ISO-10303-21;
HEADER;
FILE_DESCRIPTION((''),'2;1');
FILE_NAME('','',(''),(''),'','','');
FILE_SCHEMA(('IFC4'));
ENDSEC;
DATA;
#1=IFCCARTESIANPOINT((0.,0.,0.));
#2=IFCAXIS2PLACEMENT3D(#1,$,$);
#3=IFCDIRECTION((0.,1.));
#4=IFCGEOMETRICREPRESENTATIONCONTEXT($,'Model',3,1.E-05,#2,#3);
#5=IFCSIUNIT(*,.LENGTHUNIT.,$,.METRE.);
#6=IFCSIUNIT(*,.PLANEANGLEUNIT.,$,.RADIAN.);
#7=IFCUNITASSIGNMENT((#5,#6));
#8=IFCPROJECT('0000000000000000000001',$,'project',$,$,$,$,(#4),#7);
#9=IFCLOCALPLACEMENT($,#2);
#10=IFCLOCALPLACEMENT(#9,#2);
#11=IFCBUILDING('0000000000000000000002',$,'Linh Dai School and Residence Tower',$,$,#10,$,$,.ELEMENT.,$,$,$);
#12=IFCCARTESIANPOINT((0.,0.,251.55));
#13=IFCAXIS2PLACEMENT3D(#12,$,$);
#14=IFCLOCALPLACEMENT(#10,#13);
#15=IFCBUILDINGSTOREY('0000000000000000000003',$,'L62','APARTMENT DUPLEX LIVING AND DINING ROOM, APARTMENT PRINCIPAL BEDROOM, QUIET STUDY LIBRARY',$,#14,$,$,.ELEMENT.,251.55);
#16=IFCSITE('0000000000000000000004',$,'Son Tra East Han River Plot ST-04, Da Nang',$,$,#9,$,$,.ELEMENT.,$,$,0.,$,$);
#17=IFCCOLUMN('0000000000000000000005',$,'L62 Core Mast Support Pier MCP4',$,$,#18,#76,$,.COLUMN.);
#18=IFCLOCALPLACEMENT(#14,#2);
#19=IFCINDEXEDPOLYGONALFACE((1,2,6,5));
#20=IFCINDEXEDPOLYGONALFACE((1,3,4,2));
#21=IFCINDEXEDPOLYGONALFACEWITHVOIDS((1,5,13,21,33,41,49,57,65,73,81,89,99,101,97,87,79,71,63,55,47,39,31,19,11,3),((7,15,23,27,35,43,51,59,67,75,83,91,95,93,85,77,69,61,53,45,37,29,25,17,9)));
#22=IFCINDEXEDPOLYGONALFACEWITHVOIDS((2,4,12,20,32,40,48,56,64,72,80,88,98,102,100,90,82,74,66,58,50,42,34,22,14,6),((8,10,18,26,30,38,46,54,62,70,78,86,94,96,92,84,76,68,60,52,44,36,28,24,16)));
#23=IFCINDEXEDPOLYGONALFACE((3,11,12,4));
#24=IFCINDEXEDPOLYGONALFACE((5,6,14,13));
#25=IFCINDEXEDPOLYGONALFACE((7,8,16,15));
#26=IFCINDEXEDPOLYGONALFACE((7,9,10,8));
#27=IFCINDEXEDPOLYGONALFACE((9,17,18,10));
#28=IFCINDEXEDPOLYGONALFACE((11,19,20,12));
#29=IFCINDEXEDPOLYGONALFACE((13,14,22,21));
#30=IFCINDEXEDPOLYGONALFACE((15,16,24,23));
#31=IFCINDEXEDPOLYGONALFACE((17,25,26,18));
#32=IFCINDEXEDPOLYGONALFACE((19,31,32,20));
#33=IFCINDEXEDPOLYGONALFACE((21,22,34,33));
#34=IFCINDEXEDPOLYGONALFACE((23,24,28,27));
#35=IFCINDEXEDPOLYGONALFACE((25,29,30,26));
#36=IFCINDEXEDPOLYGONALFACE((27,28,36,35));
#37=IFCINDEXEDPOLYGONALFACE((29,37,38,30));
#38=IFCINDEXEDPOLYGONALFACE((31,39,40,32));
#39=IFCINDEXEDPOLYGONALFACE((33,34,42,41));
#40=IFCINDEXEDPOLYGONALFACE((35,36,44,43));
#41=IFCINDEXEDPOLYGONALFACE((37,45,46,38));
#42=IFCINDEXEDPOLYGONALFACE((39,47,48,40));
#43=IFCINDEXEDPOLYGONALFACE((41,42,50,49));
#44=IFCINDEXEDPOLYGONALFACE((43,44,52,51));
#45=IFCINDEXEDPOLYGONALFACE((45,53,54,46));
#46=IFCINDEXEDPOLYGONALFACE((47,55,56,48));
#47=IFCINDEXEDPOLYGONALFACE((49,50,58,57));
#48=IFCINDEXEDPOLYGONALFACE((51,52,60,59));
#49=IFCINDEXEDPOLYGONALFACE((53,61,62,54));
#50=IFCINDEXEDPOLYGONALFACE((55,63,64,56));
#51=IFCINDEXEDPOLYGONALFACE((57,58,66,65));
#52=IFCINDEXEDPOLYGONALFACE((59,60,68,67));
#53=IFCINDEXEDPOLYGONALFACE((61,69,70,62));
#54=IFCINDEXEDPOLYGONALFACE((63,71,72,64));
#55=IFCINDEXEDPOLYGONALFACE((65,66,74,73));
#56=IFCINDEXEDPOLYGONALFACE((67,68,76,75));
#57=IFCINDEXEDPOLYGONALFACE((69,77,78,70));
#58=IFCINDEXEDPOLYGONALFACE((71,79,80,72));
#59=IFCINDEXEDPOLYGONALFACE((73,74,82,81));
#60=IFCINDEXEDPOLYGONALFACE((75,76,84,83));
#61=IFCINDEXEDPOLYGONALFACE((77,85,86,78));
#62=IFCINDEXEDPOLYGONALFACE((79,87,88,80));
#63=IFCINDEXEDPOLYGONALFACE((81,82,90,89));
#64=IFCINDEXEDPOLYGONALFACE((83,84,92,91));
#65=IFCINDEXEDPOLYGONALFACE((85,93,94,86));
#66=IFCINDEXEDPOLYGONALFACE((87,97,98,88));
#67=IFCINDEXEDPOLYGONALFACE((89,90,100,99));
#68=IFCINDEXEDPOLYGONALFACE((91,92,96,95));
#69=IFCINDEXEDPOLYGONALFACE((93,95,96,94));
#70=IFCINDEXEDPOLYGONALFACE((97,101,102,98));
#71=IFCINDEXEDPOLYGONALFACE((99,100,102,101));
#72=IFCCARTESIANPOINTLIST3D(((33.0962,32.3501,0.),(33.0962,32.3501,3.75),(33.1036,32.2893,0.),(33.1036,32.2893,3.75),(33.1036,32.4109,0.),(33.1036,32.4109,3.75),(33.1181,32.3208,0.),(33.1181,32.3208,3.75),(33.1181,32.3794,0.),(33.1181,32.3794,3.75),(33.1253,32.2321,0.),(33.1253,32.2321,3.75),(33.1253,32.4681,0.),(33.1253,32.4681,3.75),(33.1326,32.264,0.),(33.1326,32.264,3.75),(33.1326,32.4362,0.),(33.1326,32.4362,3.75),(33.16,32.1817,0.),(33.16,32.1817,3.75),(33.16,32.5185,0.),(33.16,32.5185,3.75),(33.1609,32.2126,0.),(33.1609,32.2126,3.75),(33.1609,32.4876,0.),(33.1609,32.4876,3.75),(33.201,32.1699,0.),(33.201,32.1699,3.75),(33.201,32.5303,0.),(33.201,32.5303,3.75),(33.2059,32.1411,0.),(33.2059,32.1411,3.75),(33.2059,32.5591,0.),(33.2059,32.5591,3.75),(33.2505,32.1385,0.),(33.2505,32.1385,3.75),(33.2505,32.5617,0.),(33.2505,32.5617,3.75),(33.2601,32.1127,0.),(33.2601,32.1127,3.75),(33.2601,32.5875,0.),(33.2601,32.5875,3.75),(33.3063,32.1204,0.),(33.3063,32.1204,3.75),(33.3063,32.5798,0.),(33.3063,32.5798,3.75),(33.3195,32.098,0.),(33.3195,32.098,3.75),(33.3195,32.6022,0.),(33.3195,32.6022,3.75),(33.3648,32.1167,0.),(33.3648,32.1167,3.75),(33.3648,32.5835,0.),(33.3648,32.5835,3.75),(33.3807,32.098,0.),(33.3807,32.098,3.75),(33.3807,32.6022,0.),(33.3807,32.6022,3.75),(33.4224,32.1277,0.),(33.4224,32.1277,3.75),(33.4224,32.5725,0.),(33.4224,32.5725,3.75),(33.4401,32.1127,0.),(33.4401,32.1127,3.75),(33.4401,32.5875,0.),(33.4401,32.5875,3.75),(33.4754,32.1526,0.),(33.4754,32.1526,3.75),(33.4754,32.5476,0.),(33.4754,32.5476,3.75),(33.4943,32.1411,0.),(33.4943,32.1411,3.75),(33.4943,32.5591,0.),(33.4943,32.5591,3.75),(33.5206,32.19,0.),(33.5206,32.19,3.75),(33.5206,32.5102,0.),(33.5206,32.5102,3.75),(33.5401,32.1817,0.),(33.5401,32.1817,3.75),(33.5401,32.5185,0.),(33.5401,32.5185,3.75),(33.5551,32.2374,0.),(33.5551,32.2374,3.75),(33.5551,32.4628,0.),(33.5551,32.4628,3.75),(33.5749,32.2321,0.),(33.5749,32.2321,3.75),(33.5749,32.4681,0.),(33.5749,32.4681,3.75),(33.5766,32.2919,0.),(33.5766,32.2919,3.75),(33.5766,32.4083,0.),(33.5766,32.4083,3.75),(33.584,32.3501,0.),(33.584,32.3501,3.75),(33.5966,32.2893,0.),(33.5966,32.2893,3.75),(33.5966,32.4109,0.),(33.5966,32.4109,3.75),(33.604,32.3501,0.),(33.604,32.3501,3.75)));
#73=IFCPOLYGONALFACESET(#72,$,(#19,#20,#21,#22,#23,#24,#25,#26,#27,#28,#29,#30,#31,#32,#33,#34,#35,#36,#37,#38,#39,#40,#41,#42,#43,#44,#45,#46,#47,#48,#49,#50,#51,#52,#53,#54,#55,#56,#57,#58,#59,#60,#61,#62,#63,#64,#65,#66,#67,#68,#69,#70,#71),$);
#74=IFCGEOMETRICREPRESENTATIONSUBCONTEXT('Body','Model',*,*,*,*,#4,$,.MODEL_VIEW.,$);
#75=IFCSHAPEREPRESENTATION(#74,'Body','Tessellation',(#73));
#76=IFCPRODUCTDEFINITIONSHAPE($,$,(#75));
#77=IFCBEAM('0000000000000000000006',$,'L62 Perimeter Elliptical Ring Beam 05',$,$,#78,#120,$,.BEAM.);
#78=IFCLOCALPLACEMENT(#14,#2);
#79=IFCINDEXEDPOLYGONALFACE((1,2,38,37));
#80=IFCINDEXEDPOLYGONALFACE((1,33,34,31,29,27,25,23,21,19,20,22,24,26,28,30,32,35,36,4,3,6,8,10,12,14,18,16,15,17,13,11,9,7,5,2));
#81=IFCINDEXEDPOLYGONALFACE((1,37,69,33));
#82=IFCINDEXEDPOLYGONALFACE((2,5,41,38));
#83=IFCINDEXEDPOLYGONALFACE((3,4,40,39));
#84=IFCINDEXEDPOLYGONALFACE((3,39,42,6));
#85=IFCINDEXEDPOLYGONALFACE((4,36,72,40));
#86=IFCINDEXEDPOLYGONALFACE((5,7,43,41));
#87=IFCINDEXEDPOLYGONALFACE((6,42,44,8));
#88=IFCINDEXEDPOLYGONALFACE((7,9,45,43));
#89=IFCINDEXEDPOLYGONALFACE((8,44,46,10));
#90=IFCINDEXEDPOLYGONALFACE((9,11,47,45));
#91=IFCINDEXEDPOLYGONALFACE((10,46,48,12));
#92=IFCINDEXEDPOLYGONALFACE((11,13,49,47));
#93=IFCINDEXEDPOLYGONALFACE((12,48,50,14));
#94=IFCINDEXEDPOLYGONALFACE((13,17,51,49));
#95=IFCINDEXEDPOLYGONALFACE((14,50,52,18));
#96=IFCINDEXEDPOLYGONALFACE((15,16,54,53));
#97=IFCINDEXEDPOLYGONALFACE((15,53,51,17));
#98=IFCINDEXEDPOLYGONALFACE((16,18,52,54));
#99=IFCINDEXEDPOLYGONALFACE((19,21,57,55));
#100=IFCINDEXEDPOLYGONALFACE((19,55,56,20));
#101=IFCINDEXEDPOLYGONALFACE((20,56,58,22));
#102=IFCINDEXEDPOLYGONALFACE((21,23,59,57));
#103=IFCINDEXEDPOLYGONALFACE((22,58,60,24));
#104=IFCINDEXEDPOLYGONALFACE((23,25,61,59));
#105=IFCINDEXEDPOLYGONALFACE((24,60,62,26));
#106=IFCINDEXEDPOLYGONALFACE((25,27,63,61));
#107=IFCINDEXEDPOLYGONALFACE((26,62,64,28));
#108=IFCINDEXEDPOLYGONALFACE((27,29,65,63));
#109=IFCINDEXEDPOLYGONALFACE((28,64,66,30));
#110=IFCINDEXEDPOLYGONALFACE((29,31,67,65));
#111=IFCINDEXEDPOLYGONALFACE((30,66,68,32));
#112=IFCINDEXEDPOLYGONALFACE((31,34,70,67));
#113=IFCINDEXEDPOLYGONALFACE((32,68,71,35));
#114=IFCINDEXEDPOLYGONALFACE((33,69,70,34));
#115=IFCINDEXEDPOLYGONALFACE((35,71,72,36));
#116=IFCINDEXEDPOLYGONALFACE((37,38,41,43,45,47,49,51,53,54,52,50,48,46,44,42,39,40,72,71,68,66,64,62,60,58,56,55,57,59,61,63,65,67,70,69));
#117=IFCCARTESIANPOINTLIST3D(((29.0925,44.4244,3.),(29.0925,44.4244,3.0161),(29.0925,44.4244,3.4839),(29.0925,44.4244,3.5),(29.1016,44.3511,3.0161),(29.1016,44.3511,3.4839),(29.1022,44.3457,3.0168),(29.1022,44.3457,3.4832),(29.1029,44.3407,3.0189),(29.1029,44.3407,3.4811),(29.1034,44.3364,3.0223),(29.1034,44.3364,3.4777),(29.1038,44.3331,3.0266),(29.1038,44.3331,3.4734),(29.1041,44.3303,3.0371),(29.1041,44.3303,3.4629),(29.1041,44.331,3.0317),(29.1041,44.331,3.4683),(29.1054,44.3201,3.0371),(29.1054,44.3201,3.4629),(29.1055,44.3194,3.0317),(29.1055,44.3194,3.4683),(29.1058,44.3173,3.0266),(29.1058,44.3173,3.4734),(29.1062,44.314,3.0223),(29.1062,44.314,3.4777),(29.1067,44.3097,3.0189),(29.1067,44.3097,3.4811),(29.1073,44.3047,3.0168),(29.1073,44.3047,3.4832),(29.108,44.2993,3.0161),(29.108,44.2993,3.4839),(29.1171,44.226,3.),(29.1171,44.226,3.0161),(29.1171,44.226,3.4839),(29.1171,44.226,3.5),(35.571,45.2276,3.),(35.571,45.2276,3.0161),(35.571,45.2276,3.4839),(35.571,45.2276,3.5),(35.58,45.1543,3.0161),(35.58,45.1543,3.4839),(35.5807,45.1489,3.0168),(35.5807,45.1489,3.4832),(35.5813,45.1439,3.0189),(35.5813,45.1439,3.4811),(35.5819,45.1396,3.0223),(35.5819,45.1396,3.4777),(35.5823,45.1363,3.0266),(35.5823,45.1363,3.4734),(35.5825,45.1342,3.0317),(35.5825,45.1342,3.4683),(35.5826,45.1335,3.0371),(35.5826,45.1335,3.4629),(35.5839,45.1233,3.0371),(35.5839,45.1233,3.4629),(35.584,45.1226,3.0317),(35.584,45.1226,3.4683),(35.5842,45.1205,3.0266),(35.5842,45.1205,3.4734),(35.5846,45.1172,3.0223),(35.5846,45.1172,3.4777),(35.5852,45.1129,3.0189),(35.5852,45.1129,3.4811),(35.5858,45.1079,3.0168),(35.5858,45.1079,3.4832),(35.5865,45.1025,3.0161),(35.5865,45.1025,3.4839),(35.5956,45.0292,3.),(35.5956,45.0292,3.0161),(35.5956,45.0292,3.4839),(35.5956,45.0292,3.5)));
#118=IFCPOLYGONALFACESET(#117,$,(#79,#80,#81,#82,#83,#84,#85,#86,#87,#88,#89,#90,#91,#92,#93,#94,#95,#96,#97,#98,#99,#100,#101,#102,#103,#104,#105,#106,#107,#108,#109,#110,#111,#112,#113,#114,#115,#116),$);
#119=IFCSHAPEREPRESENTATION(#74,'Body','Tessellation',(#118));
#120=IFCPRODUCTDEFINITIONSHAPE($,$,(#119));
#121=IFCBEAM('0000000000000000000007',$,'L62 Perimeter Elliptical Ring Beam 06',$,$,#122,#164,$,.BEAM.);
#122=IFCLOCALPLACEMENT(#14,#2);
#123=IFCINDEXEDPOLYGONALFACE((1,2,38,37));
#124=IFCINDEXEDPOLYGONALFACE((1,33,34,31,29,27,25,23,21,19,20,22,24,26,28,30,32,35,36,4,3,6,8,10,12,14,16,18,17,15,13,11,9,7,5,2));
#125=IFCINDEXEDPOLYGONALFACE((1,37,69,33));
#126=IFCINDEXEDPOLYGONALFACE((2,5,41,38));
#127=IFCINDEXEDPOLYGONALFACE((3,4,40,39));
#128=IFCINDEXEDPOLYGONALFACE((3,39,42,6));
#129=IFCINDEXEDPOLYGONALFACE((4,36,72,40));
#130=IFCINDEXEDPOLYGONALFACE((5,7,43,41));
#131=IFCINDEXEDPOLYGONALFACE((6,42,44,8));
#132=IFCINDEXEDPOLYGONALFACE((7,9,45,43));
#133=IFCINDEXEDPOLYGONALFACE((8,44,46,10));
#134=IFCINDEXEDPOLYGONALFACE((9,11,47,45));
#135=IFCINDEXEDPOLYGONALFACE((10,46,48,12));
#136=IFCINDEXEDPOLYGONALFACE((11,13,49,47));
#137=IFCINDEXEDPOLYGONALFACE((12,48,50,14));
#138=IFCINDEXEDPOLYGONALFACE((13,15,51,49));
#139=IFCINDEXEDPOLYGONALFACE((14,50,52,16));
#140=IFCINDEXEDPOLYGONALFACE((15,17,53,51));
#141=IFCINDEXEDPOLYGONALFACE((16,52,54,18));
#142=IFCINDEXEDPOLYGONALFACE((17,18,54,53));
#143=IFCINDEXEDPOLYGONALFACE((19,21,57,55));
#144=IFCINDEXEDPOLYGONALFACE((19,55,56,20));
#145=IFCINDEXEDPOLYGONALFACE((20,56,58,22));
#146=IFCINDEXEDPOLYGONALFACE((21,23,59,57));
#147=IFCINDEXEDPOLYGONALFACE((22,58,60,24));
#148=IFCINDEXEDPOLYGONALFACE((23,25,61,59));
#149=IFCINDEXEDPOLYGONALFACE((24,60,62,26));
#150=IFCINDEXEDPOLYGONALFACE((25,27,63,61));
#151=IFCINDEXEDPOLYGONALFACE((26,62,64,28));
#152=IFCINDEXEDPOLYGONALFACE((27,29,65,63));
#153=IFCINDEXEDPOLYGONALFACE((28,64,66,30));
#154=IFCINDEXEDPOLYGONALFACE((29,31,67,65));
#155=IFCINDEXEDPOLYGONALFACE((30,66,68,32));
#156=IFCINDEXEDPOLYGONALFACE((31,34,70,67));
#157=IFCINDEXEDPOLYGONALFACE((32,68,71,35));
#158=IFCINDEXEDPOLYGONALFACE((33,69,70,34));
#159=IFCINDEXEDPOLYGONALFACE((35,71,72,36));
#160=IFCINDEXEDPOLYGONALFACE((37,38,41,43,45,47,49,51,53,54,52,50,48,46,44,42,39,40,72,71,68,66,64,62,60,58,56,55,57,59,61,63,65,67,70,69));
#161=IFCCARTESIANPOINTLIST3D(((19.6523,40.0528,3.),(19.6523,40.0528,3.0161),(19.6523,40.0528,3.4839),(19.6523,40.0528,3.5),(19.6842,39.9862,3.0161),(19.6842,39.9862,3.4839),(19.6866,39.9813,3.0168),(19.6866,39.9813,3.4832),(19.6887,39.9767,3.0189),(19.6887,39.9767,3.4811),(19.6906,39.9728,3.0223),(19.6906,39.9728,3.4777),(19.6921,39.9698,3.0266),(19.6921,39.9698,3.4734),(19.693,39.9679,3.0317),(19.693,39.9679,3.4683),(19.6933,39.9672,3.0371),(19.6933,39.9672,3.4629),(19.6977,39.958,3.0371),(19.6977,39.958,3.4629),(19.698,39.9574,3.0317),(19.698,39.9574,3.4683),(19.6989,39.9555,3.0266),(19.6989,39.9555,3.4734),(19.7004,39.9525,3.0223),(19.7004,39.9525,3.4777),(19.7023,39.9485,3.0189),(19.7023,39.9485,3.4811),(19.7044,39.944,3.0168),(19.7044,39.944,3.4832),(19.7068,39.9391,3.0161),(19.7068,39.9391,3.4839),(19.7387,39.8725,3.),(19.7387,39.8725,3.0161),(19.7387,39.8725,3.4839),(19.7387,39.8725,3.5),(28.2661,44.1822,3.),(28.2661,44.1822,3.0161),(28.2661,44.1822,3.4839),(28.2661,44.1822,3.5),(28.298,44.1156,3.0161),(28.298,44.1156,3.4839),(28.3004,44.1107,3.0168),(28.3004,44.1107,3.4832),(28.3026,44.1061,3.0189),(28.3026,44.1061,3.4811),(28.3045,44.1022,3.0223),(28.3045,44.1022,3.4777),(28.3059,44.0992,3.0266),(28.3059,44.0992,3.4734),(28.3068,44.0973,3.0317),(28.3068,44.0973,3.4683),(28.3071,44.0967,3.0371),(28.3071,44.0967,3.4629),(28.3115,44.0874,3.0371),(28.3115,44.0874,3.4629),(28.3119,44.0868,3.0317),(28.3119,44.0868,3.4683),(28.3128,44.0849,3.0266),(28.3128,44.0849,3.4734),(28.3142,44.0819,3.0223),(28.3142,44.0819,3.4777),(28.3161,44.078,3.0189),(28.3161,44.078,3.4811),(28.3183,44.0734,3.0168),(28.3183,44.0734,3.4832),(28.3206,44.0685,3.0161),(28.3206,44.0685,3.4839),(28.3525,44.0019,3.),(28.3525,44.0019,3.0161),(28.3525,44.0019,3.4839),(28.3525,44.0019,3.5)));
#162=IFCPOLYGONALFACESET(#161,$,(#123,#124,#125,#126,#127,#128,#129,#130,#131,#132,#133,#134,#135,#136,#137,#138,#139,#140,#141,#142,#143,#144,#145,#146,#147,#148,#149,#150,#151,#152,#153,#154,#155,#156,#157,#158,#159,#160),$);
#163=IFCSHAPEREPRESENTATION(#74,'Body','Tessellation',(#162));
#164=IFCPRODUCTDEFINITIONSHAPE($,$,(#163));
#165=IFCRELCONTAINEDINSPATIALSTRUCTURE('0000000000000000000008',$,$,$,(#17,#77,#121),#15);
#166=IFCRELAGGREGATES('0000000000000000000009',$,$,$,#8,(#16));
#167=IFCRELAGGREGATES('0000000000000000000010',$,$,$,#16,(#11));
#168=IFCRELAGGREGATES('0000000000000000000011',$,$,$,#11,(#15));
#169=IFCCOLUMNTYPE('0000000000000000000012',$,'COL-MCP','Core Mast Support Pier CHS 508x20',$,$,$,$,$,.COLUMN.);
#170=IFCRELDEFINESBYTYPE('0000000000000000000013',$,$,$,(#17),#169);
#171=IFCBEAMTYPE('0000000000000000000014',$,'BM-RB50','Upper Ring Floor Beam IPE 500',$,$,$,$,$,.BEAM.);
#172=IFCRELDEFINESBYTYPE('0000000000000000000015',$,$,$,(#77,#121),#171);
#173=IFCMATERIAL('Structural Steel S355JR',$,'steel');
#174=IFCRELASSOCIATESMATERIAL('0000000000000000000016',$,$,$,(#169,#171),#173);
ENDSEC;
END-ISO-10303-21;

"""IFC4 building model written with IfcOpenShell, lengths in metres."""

from ifc_helpers import new_model, si_unit, direction, frame, origin, origin_2d, place, context, subcontext, project, spatial, hollow_circle, i_section, extrude, material, material_profile, profile_set, type_object, element, save


model = new_model("IFC4")

# Units and contexts
model_context = context("Model", 3, precision=1e-05, world=origin(), true_north=direction((0.0, 1.0)))
body_context = subcontext(model_context, "Body", "Model", "MODEL_VIEW")
ifc_project = project(units=[si_unit("LENGTHUNIT", "METRE"), si_unit("PLANEANGLEUNIT", "RADIAN")], contexts=[model_context])

# Site, building, storey
site_placement = place(None, origin())
site = spatial("IfcSite", under=ifc_project, at=site_placement, Name="Son Tra East Han River Plot ST-04, Da Nang", CompositionType="ELEMENT", RefElevation=0.0)
building_placement = place(site_placement, origin())
building = spatial("IfcBuilding", under=site, at=building_placement, Name="Linh Dai School and Residence Tower", CompositionType="ELEMENT")
storey_placement = place(building_placement, frame((0.0, 0.0, 251.55)))
storey = spatial("IfcBuildingStorey", under=building, at=storey_placement, Name="L62", Description="APARTMENT DUPLEX LIVING AND DINING ROOM, APARTMENT PRINCIPAL BEDROOM, QUIET STUDY LIBRARY", CompositionType="ELEMENT", Elevation=251.55)

# Column
ifc_material_1 = material(Name="Structural Steel S355JR", Category="steel")
ifc_material_profile_1 = material_profile(ifc_material_1, hollow_circle(Radius=0.2539, WallThickness=0.02, at=origin_2d()), Name="CHS 508x20")
ifc_profile_set_1 = profile_set([ifc_material_profile_1], Name="Structural Steel S355JR")
column_type_1 = type_object("IfcColumnType", Name="COL-MCP", Description="Core Mast Support Pier CHS 508x20", PredefinedType="COLUMN", material=ifc_profile_set_1)
column_1_placement = place(storey_placement, frame((33.3501, 32.3501, 0.0), z_axis=(0.0, 0.0, 1.0), x_axis=(1.0, 0.0, 0.0)))
element("IfcColumn", 1, at=column_1_placement, inside=storey, type_object=column_type_1, Name="L62 Core Mast Support Pier MCP4", PredefinedType="COLUMN", context=body_context, shape_type="SweptSolid", body=[
    extrude(hollow_circle(Radius=0.2539, WallThickness=0.02, at=origin_2d()), origin(), (0.0, 0.0, 1.0), 3.75),
])

# Beams
ifc_material_profile_2 = material_profile(ifc_material_1, i_section(OverallWidth=0.2, OverallDepth=0.5, WebThickness=0.0103, FlangeThickness=0.0161, FilletRadius=0.021, at=origin_2d()), Name="IPE 500")
ifc_profile_set_2 = profile_set([ifc_material_profile_2], Name="Structural Steel S355JR")
beam_type_1 = type_object("IfcBeamType", Name="BM-RB50", Description="Upper Ring Floor Beam IPE 500", PredefinedType="BEAM", material=ifc_profile_set_2)
beam_1_placement = place(storey_placement, frame((35.5833, 45.1284, 3.25), z_axis=(-0.992402, -0.12304, 0.0), x_axis=(0.12304, -0.992402, 0.0)))
element("IfcBeam", 2, at=beam_1_placement, inside=storey, type_object=beam_type_1, Name="L62 Perimeter Elliptical Ring Beam 05", PredefinedType="BEAM", context=body_context, shape_type="SweptSolid", body=[
    extrude(i_section(OverallWidth=0.2, OverallDepth=0.5, WebThickness=0.0103, FlangeThickness=0.0161, FilletRadius=0.021, at=origin_2d()), origin(), (0.0, 0.0, 1.0), 6.5281),
])
beam_2_placement = place(storey_placement, frame((28.3093, 44.092, 3.25), z_axis=(-0.901736, -0.432287, 0.0), x_axis=(0.432287, -0.901736, 0.0)))
element("IfcBeam", 3, at=beam_2_placement, inside=storey, type_object=beam_type_1, Name="L62 Perimeter Elliptical Ring Beam 06", PredefinedType="BEAM", context=body_context, shape_type="SweptSolid", body=[
    extrude(i_section(OverallWidth=0.2, OverallDepth=0.5, WebThickness=0.0103, FlangeThickness=0.0161, FilletRadius=0.021, at=origin_2d()), origin(), (0.0, 0.0, 1.0), 9.5525),
])

save(model, "model.ifc")
